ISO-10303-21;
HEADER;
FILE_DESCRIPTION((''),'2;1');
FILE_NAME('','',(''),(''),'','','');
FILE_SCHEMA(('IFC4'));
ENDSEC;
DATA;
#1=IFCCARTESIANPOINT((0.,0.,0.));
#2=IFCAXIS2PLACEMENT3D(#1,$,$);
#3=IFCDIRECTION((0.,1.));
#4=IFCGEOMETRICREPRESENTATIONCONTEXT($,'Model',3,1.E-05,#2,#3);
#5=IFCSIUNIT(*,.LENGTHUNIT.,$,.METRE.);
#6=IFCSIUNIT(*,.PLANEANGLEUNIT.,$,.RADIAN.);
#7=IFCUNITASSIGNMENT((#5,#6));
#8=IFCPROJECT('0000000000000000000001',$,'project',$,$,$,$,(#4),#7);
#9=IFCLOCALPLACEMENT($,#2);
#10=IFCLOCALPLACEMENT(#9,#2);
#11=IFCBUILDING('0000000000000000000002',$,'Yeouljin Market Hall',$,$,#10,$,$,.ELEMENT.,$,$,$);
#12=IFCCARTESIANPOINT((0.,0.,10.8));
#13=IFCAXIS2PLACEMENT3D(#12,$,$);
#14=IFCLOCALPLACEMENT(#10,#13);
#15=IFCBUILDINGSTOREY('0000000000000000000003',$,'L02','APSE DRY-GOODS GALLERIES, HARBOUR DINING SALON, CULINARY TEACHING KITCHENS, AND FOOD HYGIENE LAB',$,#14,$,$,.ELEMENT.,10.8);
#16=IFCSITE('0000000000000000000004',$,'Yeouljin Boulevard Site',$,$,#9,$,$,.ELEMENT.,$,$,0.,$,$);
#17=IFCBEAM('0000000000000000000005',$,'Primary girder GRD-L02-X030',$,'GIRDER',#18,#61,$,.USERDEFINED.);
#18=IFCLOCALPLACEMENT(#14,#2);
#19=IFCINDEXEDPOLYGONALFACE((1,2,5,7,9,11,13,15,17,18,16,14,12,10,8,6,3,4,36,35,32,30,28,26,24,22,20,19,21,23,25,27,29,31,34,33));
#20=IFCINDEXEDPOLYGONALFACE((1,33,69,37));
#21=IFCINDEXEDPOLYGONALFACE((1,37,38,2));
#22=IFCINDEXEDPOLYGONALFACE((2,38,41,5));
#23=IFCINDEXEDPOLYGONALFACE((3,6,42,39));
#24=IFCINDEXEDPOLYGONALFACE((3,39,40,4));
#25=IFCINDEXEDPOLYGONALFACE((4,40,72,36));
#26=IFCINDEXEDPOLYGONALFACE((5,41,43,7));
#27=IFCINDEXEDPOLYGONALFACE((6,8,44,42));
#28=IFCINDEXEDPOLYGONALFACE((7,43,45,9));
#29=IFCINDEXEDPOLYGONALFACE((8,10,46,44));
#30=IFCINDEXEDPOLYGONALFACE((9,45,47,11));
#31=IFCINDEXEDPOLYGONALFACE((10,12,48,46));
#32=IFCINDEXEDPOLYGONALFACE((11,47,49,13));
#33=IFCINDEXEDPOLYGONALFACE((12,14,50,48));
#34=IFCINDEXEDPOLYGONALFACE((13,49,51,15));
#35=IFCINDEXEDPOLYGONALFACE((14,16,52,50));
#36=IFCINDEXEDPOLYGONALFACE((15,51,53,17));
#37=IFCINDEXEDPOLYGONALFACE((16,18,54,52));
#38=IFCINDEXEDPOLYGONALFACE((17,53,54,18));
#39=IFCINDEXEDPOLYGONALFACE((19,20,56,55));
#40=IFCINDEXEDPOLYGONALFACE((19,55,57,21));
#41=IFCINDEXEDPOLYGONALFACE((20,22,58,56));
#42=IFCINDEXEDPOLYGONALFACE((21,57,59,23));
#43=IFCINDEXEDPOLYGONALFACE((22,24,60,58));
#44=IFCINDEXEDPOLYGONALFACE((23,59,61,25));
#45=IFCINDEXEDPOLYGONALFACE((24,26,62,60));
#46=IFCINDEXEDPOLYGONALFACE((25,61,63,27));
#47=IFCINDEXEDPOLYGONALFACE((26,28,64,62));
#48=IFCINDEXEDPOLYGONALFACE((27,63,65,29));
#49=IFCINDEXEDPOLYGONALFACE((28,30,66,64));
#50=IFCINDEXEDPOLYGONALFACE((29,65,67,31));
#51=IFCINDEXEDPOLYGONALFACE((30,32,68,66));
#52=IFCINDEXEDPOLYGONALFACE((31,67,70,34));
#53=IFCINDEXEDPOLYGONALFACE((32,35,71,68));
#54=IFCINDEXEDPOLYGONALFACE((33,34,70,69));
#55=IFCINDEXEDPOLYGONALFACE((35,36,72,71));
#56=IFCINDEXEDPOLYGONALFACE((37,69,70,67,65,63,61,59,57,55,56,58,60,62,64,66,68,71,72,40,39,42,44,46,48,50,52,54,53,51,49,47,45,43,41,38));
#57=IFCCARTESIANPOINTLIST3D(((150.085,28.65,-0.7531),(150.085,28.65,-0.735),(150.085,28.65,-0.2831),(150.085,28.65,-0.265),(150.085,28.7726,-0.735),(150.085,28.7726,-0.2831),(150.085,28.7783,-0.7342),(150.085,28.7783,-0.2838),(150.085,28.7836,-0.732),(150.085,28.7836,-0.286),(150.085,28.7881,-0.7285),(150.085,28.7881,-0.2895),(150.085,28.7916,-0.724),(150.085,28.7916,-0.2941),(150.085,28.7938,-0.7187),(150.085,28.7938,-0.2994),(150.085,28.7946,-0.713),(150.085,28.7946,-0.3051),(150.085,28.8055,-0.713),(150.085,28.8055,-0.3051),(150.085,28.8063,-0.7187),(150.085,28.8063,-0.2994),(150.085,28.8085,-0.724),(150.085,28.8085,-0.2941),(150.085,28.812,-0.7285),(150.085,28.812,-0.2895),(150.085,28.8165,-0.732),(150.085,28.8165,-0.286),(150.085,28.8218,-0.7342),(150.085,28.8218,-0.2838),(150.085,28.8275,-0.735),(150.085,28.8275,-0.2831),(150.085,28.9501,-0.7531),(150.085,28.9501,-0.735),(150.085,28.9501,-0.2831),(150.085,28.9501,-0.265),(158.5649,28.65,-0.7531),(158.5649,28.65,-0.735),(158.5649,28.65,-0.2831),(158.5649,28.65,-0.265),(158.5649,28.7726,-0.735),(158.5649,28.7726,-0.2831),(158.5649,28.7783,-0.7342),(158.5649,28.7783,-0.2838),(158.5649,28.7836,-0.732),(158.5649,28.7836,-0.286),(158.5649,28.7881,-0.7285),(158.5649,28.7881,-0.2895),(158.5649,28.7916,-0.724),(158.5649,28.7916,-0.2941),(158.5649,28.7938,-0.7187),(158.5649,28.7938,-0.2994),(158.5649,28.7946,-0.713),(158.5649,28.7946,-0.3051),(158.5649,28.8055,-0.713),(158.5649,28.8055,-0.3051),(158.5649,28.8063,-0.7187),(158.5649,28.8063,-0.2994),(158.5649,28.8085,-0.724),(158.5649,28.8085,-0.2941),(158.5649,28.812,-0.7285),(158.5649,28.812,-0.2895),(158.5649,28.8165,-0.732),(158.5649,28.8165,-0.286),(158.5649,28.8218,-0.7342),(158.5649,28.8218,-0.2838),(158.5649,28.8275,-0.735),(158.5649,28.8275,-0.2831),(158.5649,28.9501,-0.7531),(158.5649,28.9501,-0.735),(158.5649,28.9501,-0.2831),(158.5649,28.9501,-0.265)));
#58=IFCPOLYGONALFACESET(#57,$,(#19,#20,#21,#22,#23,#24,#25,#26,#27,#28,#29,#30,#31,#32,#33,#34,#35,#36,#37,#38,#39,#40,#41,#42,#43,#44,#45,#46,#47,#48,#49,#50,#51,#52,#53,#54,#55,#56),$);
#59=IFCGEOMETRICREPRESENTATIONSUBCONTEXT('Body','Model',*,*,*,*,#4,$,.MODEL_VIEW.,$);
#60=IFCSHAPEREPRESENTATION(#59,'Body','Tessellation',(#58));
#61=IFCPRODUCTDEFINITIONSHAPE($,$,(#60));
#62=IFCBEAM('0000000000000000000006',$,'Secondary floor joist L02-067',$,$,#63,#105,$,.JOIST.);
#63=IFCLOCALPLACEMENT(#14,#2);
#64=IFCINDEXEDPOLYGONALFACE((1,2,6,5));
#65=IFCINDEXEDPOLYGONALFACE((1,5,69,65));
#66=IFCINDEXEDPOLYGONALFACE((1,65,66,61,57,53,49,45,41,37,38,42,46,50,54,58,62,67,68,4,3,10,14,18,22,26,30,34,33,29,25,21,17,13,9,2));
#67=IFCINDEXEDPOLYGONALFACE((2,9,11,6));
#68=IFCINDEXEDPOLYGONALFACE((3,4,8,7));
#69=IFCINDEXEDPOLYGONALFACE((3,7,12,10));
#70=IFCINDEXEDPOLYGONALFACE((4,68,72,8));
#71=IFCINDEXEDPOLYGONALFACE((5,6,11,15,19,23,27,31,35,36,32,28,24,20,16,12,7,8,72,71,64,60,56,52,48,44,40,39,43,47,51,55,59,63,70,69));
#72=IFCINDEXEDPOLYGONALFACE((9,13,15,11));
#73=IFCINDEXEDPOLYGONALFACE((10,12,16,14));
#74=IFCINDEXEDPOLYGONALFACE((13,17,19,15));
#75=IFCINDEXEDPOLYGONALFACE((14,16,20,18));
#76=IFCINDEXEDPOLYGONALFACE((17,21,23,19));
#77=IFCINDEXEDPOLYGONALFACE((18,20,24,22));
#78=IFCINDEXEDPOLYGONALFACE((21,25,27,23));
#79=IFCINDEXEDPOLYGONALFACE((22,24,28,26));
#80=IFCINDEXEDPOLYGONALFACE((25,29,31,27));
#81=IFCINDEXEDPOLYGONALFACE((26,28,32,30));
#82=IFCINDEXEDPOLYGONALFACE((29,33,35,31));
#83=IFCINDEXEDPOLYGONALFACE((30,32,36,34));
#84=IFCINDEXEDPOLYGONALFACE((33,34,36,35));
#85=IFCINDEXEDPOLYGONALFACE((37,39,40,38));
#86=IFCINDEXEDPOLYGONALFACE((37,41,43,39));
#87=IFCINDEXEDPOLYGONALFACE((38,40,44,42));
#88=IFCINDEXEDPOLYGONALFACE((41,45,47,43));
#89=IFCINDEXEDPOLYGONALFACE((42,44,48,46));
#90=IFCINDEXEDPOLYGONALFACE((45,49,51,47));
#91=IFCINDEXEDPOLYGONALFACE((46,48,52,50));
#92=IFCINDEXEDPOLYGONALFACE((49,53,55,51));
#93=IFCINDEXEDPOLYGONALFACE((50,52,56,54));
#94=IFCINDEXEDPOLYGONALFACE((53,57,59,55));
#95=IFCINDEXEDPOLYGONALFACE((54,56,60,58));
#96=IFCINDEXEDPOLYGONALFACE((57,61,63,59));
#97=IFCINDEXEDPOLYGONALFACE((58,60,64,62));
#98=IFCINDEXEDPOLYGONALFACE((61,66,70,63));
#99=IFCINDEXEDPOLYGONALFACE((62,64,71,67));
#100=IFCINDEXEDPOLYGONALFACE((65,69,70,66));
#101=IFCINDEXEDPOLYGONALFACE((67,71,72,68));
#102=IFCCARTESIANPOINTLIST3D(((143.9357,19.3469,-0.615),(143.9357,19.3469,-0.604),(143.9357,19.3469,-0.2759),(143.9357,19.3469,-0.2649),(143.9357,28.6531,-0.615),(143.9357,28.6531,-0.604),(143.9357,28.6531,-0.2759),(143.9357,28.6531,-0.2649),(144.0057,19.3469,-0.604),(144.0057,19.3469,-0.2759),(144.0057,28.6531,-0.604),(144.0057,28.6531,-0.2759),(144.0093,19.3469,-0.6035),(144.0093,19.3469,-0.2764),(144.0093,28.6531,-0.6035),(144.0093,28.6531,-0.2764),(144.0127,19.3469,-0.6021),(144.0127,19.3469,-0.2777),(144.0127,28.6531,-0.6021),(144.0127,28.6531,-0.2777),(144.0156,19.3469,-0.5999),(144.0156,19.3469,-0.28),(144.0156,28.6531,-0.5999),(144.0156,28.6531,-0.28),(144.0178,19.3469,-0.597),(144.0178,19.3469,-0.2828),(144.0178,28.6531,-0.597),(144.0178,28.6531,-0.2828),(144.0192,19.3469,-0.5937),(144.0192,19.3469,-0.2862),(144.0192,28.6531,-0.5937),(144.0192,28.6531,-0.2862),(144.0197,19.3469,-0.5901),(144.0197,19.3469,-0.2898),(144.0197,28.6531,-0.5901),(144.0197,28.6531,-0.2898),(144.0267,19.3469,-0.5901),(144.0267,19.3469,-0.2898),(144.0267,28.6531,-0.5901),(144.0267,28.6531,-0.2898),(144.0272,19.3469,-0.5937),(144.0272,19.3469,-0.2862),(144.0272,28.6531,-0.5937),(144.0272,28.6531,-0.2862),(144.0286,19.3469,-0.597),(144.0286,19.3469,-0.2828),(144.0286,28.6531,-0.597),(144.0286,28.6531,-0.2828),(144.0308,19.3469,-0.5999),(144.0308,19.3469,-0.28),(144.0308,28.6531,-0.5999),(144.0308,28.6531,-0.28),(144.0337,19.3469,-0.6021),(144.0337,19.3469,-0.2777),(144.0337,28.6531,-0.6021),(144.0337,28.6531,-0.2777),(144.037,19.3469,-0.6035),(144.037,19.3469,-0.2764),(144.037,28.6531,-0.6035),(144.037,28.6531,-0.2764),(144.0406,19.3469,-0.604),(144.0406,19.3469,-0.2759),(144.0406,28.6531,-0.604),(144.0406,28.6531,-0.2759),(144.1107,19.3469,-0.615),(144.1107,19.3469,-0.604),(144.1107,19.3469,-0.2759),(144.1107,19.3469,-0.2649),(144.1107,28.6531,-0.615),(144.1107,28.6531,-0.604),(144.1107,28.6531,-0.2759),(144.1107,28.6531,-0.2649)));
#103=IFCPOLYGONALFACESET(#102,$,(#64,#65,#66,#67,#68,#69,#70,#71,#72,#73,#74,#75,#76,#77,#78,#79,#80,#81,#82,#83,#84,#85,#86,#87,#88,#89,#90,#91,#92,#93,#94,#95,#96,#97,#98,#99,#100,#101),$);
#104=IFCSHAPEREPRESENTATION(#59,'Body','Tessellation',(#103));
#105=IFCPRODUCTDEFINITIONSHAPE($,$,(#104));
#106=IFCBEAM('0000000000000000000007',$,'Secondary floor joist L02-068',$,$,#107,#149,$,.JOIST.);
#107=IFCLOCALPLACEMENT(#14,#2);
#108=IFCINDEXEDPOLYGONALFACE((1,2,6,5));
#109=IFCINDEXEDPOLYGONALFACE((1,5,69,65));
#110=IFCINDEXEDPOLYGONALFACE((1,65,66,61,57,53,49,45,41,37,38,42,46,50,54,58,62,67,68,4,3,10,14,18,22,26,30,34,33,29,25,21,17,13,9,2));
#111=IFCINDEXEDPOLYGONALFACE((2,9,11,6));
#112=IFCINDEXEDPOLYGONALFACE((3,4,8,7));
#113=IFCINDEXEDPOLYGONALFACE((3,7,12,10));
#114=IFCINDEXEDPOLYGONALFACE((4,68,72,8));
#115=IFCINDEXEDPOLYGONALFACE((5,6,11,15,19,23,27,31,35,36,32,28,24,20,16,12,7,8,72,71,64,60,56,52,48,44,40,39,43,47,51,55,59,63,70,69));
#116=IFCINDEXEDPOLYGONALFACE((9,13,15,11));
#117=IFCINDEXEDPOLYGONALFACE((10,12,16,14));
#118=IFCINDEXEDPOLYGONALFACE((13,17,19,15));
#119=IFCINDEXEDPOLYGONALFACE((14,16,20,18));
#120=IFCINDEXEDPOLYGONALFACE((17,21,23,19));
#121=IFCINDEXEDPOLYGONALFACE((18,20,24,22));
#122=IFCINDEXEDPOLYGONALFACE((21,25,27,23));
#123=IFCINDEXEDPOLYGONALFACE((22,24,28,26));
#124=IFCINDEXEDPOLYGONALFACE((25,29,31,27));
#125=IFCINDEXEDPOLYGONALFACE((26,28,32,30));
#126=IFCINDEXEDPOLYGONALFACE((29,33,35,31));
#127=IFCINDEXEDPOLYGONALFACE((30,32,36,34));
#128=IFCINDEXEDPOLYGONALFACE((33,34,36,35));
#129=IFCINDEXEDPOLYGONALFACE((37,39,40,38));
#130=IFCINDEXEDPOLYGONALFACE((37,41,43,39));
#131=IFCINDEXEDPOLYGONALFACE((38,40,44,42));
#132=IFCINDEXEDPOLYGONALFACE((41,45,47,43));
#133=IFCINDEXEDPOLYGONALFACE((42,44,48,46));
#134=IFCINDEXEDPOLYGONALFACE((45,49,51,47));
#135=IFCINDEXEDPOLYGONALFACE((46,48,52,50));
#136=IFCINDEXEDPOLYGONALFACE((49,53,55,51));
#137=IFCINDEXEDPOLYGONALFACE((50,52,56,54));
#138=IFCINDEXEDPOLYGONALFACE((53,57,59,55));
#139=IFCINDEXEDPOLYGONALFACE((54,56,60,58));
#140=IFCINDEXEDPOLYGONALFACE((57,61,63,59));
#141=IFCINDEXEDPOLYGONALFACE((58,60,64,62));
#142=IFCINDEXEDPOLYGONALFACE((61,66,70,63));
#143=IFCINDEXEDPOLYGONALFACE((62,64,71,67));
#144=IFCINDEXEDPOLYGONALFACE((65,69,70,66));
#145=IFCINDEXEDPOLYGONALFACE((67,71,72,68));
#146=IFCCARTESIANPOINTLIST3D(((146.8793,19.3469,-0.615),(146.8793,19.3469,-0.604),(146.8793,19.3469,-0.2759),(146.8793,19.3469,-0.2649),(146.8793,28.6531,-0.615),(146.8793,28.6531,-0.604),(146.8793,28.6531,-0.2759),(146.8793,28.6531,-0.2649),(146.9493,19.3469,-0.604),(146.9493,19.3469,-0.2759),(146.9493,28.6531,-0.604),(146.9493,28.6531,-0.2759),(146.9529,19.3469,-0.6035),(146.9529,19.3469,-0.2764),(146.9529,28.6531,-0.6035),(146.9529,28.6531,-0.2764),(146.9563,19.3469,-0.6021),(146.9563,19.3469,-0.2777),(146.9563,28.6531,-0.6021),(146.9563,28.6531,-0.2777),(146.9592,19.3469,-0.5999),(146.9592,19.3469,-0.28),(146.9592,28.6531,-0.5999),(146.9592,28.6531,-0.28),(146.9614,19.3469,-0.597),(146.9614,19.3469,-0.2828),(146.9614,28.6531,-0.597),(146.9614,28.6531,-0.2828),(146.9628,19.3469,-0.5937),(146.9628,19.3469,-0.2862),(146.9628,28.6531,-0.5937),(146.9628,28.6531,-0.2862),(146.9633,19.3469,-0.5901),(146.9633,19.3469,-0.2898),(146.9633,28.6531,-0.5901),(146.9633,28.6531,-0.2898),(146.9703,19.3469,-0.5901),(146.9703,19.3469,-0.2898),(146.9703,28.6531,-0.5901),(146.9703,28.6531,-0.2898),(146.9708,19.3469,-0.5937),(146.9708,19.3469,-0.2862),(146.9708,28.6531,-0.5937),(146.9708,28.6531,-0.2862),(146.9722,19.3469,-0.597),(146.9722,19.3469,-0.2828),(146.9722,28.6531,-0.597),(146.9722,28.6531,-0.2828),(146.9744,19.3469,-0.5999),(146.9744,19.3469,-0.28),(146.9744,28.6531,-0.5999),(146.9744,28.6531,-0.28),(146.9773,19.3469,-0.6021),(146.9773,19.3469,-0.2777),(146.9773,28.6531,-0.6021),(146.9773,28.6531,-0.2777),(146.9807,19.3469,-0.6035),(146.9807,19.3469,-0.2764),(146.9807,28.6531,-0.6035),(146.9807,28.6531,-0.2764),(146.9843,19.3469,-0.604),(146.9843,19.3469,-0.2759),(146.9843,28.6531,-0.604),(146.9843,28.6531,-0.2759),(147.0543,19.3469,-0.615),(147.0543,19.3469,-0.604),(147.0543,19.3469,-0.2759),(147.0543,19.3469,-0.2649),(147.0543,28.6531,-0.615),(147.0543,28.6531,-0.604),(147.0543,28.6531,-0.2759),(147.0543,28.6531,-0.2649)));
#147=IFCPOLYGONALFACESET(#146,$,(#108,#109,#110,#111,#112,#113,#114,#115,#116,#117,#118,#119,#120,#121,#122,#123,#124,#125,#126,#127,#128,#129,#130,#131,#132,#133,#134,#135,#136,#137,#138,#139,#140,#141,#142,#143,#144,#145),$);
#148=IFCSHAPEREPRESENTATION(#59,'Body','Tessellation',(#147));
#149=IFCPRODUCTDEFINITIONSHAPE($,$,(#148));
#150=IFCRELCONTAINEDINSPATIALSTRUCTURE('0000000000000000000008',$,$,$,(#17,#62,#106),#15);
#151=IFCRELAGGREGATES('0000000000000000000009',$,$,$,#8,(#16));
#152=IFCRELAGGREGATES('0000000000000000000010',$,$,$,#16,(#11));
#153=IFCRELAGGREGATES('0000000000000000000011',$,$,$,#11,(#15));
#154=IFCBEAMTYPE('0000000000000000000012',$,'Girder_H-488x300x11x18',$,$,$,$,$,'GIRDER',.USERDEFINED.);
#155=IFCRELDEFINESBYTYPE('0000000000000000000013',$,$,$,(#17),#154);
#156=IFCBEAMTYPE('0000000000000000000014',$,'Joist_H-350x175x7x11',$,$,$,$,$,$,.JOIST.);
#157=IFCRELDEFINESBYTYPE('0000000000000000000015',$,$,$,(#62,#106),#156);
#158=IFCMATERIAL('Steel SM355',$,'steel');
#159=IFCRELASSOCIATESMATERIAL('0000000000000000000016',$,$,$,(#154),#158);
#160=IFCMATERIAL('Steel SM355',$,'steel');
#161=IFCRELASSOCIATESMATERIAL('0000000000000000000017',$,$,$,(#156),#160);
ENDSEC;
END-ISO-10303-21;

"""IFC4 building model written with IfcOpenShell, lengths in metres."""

from ifc_helpers import new_model, si_unit, direction, frame, origin, origin_2d, place, context, subcontext, project, spatial, i_section, extrude, material, material_profile, profile_set, type_object, element, save


model = new_model("IFC4")

# Units and contexts
model_context = context("Model", 3, precision=1e-05, world=origin(), true_north=direction((0.0, 1.0)))
body_context = subcontext(model_context, "Body", "Model", "MODEL_VIEW")
ifc_project = project(units=[si_unit("LENGTHUNIT", "METRE"), si_unit("PLANEANGLEUNIT", "RADIAN")], contexts=[model_context])

# Site, building, storey
site_placement = place(None, origin())
site = spatial("IfcSite", under=ifc_project, at=site_placement, Name="Yeouljin Boulevard Site", CompositionType="ELEMENT", RefElevation=0.0)
building_placement = place(site_placement, origin())
building = spatial("IfcBuilding", under=site, at=building_placement, Name="Yeouljin Market Hall", CompositionType="ELEMENT")
storey_placement = place(building_placement, frame((0.0, 0.0, 10.8)))
storey = spatial("IfcBuildingStorey", under=building, at=storey_placement, Name="L02", Description="APSE DRY-GOODS GALLERIES, HARBOUR DINING SALON, CULINARY TEACHING KITCHENS, AND FOOD HYGIENE LAB", CompositionType="ELEMENT", Elevation=10.8)

# Beams
ifc_material_1 = material(Name="Steel SM355", Category="steel")
ifc_material_profile_1 = material_profile(ifc_material_1, i_section(OverallWidth=0.3, OverallDepth=0.488, WebThickness=0.011, FlangeThickness=0.0181, FilletRadius=0.022, at=origin_2d()), Name="H-488x300x11x18")
ifc_profile_set_1 = profile_set([ifc_material_profile_1], Name="Steel SM355")
beam_type_1 = type_object("IfcBeamType", Name="Girder_H-488x300x11x18", ElementType="GIRDER", PredefinedType="USERDEFINED", material=ifc_profile_set_1)
beam_1_placement = place(storey_placement, frame((150.085, 28.8, -0.509), z_axis=(1.0, 0.0, 0.0), x_axis=(0.0, 1.0, 0.0)))
element("IfcBeam", 1, at=beam_1_placement, inside=storey, type_object=beam_type_1, Name="Primary girder GRD-L02-X030", ObjectType="GIRDER", PredefinedType="USERDEFINED", context=body_context, shape_type="SweptSolid", body=[
    extrude(i_section(OverallWidth=0.3, OverallDepth=0.488, WebThickness=0.011, FlangeThickness=0.0181, FilletRadius=0.022, at=origin_2d()), origin(), (0.0, 0.0, 1.0), 8.48),
])
ifc_material_2 = material(Name="Steel SM355", Category="steel")
ifc_material_profile_2 = material_profile(ifc_material_2, i_section(OverallWidth=0.175, OverallDepth=0.3501, WebThickness=0.0071, FlangeThickness=0.011, FilletRadius=0.0139, at=origin_2d()), Name="H-350x175x7x11")
ifc_profile_set_2 = profile_set([ifc_material_profile_2], Name="Steel SM355")
beam_type_2 = type_object("IfcBeamType", Name="Joist_H-350x175x7x11", PredefinedType="JOIST", material=ifc_profile_set_2)
for number, where, z_axis, x_axis, name in (
    (2, (144.0232, 19.3469, -0.4399), (0.0, 1.0, 0.0), (-1.0, 0.0, 0.0), "Secondary floor joist L02-067"),
    (3, (146.9668, 19.3469, -0.4399), (0.0, 1.0, 0.0), (-1.0, 0.0, 0.0), "Secondary floor joist L02-068"),
):
    element("IfcBeam", number, at=place(storey_placement, frame(where, z_axis=z_axis, x_axis=x_axis)), inside=storey, type_object=beam_type_2, Name=name, PredefinedType="JOIST", context=body_context, shape_type="SweptSolid", body=[
        extrude(i_section(OverallWidth=0.175, OverallDepth=0.3501, WebThickness=0.0071, FlangeThickness=0.011, FilletRadius=0.0139, at=origin_2d()), origin(), (0.0, 0.0, 1.0), 9.3062),
    ])

save(model, "model.ifc")
